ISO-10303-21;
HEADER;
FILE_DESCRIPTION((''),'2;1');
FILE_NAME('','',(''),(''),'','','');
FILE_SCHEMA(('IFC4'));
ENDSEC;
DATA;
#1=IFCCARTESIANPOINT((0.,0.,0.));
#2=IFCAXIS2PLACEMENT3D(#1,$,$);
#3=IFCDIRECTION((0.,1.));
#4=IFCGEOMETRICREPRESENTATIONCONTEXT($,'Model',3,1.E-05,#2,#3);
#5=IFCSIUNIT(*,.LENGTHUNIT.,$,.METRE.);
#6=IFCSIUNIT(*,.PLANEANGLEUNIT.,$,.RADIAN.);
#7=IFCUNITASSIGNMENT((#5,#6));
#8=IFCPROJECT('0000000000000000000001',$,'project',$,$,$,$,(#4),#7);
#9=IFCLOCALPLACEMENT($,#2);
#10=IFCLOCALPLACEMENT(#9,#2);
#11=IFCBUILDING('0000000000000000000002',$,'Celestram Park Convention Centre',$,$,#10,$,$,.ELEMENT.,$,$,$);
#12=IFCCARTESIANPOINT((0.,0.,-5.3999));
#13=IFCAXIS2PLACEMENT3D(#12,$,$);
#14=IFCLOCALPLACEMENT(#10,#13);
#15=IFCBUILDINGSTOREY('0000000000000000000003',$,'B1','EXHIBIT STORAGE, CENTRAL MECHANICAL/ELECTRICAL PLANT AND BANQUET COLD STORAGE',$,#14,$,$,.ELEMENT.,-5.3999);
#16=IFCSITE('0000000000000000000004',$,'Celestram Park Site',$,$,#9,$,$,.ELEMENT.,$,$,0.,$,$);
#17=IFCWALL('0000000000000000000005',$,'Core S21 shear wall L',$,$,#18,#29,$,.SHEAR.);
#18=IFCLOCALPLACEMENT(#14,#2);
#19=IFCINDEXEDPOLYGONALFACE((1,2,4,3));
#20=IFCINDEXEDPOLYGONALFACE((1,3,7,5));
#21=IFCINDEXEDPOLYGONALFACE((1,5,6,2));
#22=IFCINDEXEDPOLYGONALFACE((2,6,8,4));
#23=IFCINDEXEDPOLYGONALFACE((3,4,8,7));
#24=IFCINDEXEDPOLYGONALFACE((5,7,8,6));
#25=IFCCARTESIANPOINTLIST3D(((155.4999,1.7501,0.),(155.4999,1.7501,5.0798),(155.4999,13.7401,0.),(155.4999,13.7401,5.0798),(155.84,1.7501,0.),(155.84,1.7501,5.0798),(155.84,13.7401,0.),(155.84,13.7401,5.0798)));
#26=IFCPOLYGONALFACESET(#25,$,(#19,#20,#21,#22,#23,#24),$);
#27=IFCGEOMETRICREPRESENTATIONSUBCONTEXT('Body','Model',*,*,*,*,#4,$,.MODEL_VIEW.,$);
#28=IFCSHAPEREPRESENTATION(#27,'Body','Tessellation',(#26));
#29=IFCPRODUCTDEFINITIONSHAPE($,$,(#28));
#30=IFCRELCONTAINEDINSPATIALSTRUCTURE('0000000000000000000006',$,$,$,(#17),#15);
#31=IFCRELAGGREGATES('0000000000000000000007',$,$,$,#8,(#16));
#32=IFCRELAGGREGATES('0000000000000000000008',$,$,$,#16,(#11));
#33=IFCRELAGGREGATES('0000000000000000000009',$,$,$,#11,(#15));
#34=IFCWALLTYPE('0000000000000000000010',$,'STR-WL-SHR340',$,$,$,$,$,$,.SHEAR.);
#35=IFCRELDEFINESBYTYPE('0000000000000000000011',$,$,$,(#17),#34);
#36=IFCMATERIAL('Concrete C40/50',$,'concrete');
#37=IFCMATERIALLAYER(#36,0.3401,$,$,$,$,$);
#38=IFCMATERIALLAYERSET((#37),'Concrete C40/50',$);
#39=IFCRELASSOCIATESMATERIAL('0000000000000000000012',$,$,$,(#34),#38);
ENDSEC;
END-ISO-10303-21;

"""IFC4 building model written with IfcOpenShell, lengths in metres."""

from ifc_helpers import new_model, si_unit, direction, frame, frame_2d, origin, place, context, subcontext, project, spatial, rectangle, extrude, material, layer, layer_set, type_object, element, save


model = new_model("IFC4")

# Units and contexts
model_context = context("Model", 3, precision=1e-05, world=origin(), true_north=direction((0.0, 1.0)))
body_context = subcontext(model_context, "Body", "Model", "MODEL_VIEW")
ifc_project = project(units=[si_unit("LENGTHUNIT", "METRE"), si_unit("PLANEANGLEUNIT", "RADIAN")], contexts=[model_context])

# Site, building, storey
site_placement = place(None, origin())
site = spatial("IfcSite", under=ifc_project, at=site_placement, Name="Celestram Park Site", CompositionType="ELEMENT", RefElevation=0.0)
building_placement = place(site_placement, origin())
building = spatial("IfcBuilding", under=site, at=building_placement, Name="Celestram Park Convention Centre", CompositionType="ELEMENT")
storey_placement = place(building_placement, frame((0.0, 0.0, -5.3999)))
storey = spatial("IfcBuildingStorey", under=building, at=storey_placement, Name="B1", Description="EXHIBIT STORAGE, CENTRAL MECHANICAL/ELECTRICAL PLANT AND BANQUET COLD STORAGE", CompositionType="ELEMENT", Elevation=-5.3999)

# Shared definitions
ifc_material_1 = material(Name="Concrete C40/50", Category="concrete")

# Wall
ifc_layer = layer(ifc_material_1, 0.3401)
ifc_layer_set = layer_set([ifc_layer], Name="Concrete C40/50")
wall_type = type_object("IfcWallType", Name="STR-WL-SHR340", PredefinedType="SHEAR", material=ifc_layer_set)
wall_placement = place(storey_placement, frame((155.6699, 1.75, 0.0), z_axis=(0.0, 0.0, 1.0), x_axis=(0.0, 1.0, 0.0)))
element("IfcWall", 1, at=wall_placement, inside=storey, type_object=wall_type, Name="Core S21 shear wall L", PredefinedType="SHEAR", context=body_context, shape_type="SweptSolid", body=[
    extrude(rectangle(XDim=11.99, YDim=0.3401, at=frame_2d((5.9951, 0.0))), origin(), (0.0, 0.0, 1.0), 5.0798),
])

save(model, "model.ifc")
